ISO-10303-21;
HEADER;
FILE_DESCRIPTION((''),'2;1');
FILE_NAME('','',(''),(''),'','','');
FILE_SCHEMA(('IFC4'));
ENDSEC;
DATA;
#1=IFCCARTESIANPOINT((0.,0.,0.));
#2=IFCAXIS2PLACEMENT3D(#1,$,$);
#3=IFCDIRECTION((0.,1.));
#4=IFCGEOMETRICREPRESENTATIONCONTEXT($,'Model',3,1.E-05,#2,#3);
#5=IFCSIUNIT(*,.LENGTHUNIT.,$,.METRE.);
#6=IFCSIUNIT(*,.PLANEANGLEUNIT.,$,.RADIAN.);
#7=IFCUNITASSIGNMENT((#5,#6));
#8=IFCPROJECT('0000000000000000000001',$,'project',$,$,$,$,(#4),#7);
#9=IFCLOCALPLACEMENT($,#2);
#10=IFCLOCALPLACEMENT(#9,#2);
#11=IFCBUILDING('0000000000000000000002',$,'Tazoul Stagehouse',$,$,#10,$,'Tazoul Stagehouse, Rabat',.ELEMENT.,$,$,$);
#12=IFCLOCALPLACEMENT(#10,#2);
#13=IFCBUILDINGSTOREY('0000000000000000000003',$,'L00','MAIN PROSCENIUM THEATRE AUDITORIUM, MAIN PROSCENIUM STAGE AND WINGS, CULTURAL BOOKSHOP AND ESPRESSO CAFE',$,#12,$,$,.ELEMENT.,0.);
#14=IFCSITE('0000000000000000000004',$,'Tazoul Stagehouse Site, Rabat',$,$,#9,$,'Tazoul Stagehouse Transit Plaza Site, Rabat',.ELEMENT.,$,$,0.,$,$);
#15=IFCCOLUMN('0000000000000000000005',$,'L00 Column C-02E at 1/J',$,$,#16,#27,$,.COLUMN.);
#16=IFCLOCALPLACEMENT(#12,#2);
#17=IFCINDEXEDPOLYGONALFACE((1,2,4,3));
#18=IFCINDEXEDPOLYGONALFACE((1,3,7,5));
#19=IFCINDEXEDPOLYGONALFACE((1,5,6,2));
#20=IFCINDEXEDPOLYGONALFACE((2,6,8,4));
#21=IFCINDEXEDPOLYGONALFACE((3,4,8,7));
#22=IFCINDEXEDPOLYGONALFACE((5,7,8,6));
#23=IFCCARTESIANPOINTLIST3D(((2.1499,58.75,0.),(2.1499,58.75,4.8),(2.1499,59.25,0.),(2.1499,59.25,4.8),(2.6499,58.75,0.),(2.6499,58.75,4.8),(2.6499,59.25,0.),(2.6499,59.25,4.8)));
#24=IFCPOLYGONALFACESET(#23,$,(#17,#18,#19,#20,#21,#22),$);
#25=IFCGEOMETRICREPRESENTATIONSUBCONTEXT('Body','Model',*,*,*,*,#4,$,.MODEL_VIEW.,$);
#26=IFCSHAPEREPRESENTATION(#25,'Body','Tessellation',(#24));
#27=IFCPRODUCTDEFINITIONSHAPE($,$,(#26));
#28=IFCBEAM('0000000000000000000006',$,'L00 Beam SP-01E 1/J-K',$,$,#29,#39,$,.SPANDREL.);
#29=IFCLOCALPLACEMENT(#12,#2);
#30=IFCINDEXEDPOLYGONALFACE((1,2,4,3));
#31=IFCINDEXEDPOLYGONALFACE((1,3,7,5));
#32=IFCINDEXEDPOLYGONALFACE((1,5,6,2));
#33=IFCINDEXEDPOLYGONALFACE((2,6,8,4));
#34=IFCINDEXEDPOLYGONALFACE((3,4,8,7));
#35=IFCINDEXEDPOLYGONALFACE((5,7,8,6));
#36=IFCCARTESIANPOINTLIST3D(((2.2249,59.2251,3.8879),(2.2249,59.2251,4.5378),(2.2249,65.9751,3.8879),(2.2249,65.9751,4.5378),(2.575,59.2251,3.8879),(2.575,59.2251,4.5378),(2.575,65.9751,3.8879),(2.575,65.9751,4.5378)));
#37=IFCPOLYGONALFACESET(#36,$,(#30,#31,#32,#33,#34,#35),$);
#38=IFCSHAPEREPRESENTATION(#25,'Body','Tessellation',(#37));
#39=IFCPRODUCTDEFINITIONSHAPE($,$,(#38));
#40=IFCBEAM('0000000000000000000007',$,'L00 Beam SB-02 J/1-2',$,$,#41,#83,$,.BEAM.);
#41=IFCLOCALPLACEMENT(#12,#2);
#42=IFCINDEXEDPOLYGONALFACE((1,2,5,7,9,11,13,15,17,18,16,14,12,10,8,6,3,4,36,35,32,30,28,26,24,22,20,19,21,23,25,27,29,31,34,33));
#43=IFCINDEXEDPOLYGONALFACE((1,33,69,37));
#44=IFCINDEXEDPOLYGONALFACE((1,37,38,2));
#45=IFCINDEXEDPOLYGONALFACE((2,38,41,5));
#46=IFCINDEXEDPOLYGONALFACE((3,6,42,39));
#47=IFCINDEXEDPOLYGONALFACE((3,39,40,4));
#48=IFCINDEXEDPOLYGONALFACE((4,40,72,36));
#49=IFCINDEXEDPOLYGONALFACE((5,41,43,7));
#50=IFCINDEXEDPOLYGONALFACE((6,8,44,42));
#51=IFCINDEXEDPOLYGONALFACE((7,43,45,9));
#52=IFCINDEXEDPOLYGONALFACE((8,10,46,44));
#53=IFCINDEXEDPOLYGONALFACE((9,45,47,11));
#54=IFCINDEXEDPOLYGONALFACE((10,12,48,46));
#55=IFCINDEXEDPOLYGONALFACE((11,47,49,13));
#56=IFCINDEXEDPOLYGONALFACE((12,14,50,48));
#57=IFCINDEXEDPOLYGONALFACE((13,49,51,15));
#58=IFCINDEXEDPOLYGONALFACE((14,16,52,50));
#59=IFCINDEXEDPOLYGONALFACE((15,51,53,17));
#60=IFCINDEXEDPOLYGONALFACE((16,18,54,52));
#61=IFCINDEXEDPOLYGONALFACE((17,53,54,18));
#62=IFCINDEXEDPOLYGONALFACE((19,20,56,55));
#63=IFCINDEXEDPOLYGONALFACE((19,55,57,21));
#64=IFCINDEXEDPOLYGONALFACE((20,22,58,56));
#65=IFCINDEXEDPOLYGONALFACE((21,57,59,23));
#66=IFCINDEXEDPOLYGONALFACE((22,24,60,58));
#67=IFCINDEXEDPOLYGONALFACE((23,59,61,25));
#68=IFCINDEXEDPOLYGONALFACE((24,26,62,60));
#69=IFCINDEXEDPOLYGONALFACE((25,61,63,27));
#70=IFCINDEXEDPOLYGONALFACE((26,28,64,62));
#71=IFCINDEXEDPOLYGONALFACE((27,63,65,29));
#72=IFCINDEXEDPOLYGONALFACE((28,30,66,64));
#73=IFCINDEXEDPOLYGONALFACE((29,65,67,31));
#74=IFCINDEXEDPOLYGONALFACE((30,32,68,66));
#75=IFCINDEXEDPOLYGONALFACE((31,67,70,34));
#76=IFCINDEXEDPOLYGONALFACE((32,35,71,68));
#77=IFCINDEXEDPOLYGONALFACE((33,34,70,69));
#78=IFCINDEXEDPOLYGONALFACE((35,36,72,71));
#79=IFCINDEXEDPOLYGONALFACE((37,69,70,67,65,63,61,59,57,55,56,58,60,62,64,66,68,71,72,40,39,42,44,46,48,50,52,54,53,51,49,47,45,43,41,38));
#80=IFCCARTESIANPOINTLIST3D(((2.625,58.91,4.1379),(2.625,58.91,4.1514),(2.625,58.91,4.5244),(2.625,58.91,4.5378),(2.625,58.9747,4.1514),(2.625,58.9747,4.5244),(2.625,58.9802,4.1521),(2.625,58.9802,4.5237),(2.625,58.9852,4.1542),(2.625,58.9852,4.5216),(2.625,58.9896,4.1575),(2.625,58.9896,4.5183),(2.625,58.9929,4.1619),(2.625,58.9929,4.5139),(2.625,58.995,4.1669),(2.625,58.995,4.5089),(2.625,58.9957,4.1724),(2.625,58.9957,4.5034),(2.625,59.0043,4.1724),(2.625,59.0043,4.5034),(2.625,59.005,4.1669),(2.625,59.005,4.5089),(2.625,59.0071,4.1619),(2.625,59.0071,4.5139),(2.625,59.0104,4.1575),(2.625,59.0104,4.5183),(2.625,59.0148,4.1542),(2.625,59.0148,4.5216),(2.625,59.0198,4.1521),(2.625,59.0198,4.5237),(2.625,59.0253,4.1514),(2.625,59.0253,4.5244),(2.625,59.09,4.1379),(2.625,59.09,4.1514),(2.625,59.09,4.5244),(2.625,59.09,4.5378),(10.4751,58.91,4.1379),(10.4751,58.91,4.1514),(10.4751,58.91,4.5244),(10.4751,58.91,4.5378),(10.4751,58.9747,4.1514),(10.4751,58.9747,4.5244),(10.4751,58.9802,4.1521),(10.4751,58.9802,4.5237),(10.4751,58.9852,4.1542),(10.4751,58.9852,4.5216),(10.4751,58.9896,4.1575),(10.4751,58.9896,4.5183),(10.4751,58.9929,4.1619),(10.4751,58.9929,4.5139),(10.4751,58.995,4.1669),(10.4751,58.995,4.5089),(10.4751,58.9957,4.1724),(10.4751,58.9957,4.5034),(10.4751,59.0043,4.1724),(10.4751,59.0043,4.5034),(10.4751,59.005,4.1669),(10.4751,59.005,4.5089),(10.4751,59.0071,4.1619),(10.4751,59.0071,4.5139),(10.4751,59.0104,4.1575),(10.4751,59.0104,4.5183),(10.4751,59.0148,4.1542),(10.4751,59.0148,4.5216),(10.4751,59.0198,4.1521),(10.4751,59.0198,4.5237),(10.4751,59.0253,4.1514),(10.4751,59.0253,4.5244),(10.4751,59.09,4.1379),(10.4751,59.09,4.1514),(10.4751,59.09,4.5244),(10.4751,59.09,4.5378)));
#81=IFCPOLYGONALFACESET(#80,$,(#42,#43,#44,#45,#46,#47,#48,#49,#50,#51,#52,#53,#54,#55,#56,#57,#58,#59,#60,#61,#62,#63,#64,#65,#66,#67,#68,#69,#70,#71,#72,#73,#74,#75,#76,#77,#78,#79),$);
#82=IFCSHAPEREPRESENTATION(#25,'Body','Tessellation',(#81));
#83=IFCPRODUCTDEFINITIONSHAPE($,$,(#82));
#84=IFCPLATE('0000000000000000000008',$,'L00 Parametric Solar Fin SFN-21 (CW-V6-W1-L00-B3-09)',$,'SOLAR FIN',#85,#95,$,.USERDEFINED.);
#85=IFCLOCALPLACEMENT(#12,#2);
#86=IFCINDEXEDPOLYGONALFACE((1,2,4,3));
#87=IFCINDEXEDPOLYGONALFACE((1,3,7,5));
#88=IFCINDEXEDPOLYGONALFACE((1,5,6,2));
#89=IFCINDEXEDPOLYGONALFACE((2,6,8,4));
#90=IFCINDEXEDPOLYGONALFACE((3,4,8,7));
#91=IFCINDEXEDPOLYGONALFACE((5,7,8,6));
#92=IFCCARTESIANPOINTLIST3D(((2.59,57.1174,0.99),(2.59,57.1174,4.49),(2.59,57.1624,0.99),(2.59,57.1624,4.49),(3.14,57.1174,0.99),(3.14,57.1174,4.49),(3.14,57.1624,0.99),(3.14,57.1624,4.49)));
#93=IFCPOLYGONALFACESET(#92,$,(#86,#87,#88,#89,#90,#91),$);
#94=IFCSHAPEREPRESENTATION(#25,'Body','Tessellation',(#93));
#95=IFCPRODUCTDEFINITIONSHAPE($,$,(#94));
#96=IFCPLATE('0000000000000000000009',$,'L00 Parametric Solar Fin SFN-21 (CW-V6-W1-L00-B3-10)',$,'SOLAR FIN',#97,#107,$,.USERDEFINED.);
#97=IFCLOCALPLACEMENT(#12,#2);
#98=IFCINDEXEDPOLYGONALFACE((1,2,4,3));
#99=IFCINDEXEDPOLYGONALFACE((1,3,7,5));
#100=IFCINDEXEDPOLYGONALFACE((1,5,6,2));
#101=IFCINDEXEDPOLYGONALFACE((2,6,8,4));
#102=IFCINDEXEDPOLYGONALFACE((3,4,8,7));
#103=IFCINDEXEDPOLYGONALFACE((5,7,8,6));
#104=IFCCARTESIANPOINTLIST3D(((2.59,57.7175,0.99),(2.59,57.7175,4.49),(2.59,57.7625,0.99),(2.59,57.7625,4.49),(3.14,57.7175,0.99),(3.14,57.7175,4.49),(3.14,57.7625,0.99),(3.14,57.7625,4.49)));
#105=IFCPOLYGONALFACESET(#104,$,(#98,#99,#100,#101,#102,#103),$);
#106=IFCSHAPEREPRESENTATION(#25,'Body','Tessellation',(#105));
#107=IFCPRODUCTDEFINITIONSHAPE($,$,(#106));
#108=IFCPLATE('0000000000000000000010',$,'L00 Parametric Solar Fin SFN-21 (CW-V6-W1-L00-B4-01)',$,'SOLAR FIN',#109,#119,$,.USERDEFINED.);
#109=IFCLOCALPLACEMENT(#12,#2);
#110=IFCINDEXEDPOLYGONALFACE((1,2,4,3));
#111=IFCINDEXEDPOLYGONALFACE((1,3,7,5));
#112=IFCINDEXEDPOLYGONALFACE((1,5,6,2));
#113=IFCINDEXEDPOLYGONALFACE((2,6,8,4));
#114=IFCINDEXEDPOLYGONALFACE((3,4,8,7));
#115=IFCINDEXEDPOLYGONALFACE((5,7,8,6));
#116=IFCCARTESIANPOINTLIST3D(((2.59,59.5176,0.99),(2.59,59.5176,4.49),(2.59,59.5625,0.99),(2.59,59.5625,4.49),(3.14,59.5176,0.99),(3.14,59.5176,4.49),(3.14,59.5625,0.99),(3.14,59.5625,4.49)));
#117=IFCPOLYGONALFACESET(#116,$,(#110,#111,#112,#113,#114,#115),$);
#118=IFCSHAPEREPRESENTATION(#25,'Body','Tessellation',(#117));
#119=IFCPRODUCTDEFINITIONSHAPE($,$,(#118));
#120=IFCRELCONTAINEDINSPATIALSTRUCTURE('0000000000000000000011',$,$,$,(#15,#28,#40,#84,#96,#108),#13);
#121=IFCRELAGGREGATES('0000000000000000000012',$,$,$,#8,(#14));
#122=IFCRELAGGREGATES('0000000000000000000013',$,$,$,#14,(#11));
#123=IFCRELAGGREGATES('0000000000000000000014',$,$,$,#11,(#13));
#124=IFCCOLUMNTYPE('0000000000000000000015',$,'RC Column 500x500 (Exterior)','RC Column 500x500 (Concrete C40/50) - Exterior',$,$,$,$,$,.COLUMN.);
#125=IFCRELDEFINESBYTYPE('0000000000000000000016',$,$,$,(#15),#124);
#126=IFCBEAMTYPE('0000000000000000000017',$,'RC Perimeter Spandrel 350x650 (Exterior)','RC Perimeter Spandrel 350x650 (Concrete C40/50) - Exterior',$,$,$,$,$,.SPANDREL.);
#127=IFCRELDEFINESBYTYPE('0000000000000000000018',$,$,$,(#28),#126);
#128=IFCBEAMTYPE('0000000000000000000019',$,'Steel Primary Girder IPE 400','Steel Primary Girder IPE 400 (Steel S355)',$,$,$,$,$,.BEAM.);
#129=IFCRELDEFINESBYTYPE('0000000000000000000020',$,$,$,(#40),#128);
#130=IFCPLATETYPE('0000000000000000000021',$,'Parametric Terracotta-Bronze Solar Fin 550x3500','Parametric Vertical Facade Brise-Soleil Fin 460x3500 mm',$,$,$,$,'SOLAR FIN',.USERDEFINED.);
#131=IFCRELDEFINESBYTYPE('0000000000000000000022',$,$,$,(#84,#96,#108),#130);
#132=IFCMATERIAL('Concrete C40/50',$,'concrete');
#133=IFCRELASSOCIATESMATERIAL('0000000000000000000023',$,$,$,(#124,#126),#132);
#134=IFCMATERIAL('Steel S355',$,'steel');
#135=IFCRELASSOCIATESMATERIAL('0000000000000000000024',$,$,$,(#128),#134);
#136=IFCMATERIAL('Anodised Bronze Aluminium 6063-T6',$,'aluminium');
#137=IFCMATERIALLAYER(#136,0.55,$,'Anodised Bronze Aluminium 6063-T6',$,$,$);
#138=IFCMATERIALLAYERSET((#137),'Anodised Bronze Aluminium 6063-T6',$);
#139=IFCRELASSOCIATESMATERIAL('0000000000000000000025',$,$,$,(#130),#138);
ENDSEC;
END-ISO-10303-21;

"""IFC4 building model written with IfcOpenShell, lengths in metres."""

from ifc_helpers import new_model, si_unit, direction, frame, origin, origin_2d, place, context, subcontext, project, spatial, rectangle, i_section, extrude, material, layer, layer_set, material_profile, profile_set, type_object, element, save


model = new_model("IFC4")

# Units and contexts
model_context = context("Model", 3, precision=1e-05, world=origin(), true_north=direction((0.0, 1.0)))
body_context = subcontext(model_context, "Body", "Model", "MODEL_VIEW")
ifc_project = project(units=[si_unit("LENGTHUNIT", "METRE"), si_unit("PLANEANGLEUNIT", "RADIAN")], contexts=[model_context])

# Site, building, storey
site_placement = place(None, origin())
site = spatial("IfcSite", under=ifc_project, at=site_placement, Name="Tazoul Stagehouse Site, Rabat", LongName="Tazoul Stagehouse Transit Plaza Site, Rabat", CompositionType="ELEMENT", RefElevation=0.0)
building_placement = place(site_placement, origin())
building = spatial("IfcBuilding", under=site, at=building_placement, Name="Tazoul Stagehouse", LongName="Tazoul Stagehouse, Rabat", CompositionType="ELEMENT")
storey_placement = place(building_placement, origin())
storey = spatial("IfcBuildingStorey", under=building, at=storey_placement, Name="L00", Description="MAIN PROSCENIUM THEATRE AUDITORIUM, MAIN PROSCENIUM STAGE AND WINGS, CULTURAL BOOKSHOP AND ESPRESSO CAFE", CompositionType="ELEMENT", Elevation=0.0)

# Column
ifc_material_1 = material(Name="Concrete C40/50", Category="concrete")
ifc_material_profile_1 = material_profile(ifc_material_1, rectangle(XDim=0.5, YDim=0.5, at=origin_2d()), Name="RC 500x500")
ifc_profile_set_1 = profile_set([ifc_material_profile_1], Name="Concrete C40/50")
column_type = type_object("IfcColumnType", Name="RC Column 500x500 (Exterior)", Description="RC Column 500x500 (Concrete C40/50) - Exterior", PredefinedType="COLUMN", material=ifc_profile_set_1)
column_placement = place(storey_placement, frame((2.3999, 59.0, 0.0), z_axis=(0.0, 0.0, 1.0), x_axis=(1.0, 0.0, 0.0)))
element("IfcColumn", 1, at=column_placement, inside=storey, type_object=column_type, Name="L00 Column C-02E at 1/J", PredefinedType="COLUMN", context=body_context, shape_type="SweptSolid", body=[
    extrude(rectangle(XDim=0.5, YDim=0.5, at=origin_2d()), origin(), (0.0, 0.0, 1.0), 4.8),
])

# Shared definitions
ifc_material_2 = material(Name="Anodised Bronze Aluminium 6063-T6", Category="aluminium")

# Beams
ifc_material_profile_2 = material_profile(ifc_material_1, rectangle(XDim=0.3501, YDim=0.6499, at=origin_2d()), Name="RC 350x650")
ifc_profile_set_2 = profile_set([ifc_material_profile_2], Name="Concrete C40/50")
beam_type_1 = type_object("IfcBeamType", Name="RC Perimeter Spandrel 350x650 (Exterior)", Description="RC Perimeter Spandrel 350x650 (Concrete C40/50) - Exterior", PredefinedType="SPANDREL", material=ifc_profile_set_2)
beam_1_placement = place(storey_placement, frame((2.3999, 59.2251, 4.2129), z_axis=(0.0, 1.0, 0.0), x_axis=(-1.0, 0.0, 0.0)))
element("IfcBeam", 2, at=beam_1_placement, inside=storey, type_object=beam_type_1, Name="L00 Beam SP-01E 1/J-K", PredefinedType="SPANDREL", context=body_context, shape_type="SweptSolid", body=[
    extrude(rectangle(XDim=0.3501, YDim=0.6499, at=origin_2d()), origin(), (0.0, 0.0, 1.0), 6.75),
])
ifc_material_3 = material(Name="Steel S355", Category="steel")
ifc_material_profile_3 = material_profile(ifc_material_3, i_section(OverallWidth=0.1799, OverallDepth=0.3999, WebThickness=0.0085, FlangeThickness=0.0134, FilletRadius=0.021, at=origin_2d()), Name="IPE 400")
ifc_profile_set_3 = profile_set([ifc_material_profile_3], Name="Steel S355")
beam_type_2 = type_object("IfcBeamType", Name="Steel Primary Girder IPE 400", Description="Steel Primary Girder IPE 400 (Steel S355)", PredefinedType="BEAM", material=ifc_profile_set_3)
beam_2_placement = place(storey_placement, frame((2.625, 59.0, 4.3379), z_axis=(1.0, 0.0, 0.0), x_axis=(0.0, 1.0, 0.0)))
element("IfcBeam", 3, at=beam_2_placement, inside=storey, type_object=beam_type_2, Name="L00 Beam SB-02 J/1-2", PredefinedType="BEAM", context=body_context, shape_type="SweptSolid", body=[
    extrude(i_section(OverallWidth=0.1799, OverallDepth=0.3999, WebThickness=0.0085, FlangeThickness=0.0134, FilletRadius=0.021, at=origin_2d()), origin(), (0.0, 0.0, 1.0), 7.8501),
])

# Plates
ifc_layer_1 = layer(ifc_material_2, 0.55, Name="Anodised Bronze Aluminium 6063-T6")
ifc_layer_set_1 = layer_set([ifc_layer_1], Name="Anodised Bronze Aluminium 6063-T6")
plate_type_1 = type_object("IfcPlateType", Name="Parametric Terracotta-Bronze Solar Fin 550x3500", Description="Parametric Vertical Facade Brise-Soleil Fin 460x3500 mm", ElementType="SOLAR FIN", PredefinedType="USERDEFINED", material=ifc_layer_set_1)
for number, where, z_axis, x_axis, name in (
    (4, (2.865, 57.1399, 0.99), (0.0, 0.0, 1.0), (0.0, 1.0, 0.0), "L00 Parametric Solar Fin SFN-21 (CW-V6-W1-L00-B3-09)"),
    (5, (2.865, 57.74, 0.99), (0.0, 0.0, 1.0), (0.0, 1.0, 0.0), "L00 Parametric Solar Fin SFN-21 (CW-V6-W1-L00-B3-10)"),
    (6, (2.865, 59.54, 0.99), (0.0, 0.0, 1.0), (0.0, 1.0, 0.0), "L00 Parametric Solar Fin SFN-21 (CW-V6-W1-L00-B4-01)"),
):
    element("IfcPlate", number, at=place(storey_placement, frame(where, z_axis=z_axis, x_axis=x_axis)), inside=storey, type_object=plate_type_1, Name=name, ObjectType="SOLAR FIN", PredefinedType="USERDEFINED", context=body_context, shape_type="SweptSolid", body=[
        extrude(rectangle(XDim=0.0449, YDim=0.55, at=origin_2d()), origin(), (0.0, 0.0, 1.0), 3.5),
    ])

save(model, "model.ifc")
